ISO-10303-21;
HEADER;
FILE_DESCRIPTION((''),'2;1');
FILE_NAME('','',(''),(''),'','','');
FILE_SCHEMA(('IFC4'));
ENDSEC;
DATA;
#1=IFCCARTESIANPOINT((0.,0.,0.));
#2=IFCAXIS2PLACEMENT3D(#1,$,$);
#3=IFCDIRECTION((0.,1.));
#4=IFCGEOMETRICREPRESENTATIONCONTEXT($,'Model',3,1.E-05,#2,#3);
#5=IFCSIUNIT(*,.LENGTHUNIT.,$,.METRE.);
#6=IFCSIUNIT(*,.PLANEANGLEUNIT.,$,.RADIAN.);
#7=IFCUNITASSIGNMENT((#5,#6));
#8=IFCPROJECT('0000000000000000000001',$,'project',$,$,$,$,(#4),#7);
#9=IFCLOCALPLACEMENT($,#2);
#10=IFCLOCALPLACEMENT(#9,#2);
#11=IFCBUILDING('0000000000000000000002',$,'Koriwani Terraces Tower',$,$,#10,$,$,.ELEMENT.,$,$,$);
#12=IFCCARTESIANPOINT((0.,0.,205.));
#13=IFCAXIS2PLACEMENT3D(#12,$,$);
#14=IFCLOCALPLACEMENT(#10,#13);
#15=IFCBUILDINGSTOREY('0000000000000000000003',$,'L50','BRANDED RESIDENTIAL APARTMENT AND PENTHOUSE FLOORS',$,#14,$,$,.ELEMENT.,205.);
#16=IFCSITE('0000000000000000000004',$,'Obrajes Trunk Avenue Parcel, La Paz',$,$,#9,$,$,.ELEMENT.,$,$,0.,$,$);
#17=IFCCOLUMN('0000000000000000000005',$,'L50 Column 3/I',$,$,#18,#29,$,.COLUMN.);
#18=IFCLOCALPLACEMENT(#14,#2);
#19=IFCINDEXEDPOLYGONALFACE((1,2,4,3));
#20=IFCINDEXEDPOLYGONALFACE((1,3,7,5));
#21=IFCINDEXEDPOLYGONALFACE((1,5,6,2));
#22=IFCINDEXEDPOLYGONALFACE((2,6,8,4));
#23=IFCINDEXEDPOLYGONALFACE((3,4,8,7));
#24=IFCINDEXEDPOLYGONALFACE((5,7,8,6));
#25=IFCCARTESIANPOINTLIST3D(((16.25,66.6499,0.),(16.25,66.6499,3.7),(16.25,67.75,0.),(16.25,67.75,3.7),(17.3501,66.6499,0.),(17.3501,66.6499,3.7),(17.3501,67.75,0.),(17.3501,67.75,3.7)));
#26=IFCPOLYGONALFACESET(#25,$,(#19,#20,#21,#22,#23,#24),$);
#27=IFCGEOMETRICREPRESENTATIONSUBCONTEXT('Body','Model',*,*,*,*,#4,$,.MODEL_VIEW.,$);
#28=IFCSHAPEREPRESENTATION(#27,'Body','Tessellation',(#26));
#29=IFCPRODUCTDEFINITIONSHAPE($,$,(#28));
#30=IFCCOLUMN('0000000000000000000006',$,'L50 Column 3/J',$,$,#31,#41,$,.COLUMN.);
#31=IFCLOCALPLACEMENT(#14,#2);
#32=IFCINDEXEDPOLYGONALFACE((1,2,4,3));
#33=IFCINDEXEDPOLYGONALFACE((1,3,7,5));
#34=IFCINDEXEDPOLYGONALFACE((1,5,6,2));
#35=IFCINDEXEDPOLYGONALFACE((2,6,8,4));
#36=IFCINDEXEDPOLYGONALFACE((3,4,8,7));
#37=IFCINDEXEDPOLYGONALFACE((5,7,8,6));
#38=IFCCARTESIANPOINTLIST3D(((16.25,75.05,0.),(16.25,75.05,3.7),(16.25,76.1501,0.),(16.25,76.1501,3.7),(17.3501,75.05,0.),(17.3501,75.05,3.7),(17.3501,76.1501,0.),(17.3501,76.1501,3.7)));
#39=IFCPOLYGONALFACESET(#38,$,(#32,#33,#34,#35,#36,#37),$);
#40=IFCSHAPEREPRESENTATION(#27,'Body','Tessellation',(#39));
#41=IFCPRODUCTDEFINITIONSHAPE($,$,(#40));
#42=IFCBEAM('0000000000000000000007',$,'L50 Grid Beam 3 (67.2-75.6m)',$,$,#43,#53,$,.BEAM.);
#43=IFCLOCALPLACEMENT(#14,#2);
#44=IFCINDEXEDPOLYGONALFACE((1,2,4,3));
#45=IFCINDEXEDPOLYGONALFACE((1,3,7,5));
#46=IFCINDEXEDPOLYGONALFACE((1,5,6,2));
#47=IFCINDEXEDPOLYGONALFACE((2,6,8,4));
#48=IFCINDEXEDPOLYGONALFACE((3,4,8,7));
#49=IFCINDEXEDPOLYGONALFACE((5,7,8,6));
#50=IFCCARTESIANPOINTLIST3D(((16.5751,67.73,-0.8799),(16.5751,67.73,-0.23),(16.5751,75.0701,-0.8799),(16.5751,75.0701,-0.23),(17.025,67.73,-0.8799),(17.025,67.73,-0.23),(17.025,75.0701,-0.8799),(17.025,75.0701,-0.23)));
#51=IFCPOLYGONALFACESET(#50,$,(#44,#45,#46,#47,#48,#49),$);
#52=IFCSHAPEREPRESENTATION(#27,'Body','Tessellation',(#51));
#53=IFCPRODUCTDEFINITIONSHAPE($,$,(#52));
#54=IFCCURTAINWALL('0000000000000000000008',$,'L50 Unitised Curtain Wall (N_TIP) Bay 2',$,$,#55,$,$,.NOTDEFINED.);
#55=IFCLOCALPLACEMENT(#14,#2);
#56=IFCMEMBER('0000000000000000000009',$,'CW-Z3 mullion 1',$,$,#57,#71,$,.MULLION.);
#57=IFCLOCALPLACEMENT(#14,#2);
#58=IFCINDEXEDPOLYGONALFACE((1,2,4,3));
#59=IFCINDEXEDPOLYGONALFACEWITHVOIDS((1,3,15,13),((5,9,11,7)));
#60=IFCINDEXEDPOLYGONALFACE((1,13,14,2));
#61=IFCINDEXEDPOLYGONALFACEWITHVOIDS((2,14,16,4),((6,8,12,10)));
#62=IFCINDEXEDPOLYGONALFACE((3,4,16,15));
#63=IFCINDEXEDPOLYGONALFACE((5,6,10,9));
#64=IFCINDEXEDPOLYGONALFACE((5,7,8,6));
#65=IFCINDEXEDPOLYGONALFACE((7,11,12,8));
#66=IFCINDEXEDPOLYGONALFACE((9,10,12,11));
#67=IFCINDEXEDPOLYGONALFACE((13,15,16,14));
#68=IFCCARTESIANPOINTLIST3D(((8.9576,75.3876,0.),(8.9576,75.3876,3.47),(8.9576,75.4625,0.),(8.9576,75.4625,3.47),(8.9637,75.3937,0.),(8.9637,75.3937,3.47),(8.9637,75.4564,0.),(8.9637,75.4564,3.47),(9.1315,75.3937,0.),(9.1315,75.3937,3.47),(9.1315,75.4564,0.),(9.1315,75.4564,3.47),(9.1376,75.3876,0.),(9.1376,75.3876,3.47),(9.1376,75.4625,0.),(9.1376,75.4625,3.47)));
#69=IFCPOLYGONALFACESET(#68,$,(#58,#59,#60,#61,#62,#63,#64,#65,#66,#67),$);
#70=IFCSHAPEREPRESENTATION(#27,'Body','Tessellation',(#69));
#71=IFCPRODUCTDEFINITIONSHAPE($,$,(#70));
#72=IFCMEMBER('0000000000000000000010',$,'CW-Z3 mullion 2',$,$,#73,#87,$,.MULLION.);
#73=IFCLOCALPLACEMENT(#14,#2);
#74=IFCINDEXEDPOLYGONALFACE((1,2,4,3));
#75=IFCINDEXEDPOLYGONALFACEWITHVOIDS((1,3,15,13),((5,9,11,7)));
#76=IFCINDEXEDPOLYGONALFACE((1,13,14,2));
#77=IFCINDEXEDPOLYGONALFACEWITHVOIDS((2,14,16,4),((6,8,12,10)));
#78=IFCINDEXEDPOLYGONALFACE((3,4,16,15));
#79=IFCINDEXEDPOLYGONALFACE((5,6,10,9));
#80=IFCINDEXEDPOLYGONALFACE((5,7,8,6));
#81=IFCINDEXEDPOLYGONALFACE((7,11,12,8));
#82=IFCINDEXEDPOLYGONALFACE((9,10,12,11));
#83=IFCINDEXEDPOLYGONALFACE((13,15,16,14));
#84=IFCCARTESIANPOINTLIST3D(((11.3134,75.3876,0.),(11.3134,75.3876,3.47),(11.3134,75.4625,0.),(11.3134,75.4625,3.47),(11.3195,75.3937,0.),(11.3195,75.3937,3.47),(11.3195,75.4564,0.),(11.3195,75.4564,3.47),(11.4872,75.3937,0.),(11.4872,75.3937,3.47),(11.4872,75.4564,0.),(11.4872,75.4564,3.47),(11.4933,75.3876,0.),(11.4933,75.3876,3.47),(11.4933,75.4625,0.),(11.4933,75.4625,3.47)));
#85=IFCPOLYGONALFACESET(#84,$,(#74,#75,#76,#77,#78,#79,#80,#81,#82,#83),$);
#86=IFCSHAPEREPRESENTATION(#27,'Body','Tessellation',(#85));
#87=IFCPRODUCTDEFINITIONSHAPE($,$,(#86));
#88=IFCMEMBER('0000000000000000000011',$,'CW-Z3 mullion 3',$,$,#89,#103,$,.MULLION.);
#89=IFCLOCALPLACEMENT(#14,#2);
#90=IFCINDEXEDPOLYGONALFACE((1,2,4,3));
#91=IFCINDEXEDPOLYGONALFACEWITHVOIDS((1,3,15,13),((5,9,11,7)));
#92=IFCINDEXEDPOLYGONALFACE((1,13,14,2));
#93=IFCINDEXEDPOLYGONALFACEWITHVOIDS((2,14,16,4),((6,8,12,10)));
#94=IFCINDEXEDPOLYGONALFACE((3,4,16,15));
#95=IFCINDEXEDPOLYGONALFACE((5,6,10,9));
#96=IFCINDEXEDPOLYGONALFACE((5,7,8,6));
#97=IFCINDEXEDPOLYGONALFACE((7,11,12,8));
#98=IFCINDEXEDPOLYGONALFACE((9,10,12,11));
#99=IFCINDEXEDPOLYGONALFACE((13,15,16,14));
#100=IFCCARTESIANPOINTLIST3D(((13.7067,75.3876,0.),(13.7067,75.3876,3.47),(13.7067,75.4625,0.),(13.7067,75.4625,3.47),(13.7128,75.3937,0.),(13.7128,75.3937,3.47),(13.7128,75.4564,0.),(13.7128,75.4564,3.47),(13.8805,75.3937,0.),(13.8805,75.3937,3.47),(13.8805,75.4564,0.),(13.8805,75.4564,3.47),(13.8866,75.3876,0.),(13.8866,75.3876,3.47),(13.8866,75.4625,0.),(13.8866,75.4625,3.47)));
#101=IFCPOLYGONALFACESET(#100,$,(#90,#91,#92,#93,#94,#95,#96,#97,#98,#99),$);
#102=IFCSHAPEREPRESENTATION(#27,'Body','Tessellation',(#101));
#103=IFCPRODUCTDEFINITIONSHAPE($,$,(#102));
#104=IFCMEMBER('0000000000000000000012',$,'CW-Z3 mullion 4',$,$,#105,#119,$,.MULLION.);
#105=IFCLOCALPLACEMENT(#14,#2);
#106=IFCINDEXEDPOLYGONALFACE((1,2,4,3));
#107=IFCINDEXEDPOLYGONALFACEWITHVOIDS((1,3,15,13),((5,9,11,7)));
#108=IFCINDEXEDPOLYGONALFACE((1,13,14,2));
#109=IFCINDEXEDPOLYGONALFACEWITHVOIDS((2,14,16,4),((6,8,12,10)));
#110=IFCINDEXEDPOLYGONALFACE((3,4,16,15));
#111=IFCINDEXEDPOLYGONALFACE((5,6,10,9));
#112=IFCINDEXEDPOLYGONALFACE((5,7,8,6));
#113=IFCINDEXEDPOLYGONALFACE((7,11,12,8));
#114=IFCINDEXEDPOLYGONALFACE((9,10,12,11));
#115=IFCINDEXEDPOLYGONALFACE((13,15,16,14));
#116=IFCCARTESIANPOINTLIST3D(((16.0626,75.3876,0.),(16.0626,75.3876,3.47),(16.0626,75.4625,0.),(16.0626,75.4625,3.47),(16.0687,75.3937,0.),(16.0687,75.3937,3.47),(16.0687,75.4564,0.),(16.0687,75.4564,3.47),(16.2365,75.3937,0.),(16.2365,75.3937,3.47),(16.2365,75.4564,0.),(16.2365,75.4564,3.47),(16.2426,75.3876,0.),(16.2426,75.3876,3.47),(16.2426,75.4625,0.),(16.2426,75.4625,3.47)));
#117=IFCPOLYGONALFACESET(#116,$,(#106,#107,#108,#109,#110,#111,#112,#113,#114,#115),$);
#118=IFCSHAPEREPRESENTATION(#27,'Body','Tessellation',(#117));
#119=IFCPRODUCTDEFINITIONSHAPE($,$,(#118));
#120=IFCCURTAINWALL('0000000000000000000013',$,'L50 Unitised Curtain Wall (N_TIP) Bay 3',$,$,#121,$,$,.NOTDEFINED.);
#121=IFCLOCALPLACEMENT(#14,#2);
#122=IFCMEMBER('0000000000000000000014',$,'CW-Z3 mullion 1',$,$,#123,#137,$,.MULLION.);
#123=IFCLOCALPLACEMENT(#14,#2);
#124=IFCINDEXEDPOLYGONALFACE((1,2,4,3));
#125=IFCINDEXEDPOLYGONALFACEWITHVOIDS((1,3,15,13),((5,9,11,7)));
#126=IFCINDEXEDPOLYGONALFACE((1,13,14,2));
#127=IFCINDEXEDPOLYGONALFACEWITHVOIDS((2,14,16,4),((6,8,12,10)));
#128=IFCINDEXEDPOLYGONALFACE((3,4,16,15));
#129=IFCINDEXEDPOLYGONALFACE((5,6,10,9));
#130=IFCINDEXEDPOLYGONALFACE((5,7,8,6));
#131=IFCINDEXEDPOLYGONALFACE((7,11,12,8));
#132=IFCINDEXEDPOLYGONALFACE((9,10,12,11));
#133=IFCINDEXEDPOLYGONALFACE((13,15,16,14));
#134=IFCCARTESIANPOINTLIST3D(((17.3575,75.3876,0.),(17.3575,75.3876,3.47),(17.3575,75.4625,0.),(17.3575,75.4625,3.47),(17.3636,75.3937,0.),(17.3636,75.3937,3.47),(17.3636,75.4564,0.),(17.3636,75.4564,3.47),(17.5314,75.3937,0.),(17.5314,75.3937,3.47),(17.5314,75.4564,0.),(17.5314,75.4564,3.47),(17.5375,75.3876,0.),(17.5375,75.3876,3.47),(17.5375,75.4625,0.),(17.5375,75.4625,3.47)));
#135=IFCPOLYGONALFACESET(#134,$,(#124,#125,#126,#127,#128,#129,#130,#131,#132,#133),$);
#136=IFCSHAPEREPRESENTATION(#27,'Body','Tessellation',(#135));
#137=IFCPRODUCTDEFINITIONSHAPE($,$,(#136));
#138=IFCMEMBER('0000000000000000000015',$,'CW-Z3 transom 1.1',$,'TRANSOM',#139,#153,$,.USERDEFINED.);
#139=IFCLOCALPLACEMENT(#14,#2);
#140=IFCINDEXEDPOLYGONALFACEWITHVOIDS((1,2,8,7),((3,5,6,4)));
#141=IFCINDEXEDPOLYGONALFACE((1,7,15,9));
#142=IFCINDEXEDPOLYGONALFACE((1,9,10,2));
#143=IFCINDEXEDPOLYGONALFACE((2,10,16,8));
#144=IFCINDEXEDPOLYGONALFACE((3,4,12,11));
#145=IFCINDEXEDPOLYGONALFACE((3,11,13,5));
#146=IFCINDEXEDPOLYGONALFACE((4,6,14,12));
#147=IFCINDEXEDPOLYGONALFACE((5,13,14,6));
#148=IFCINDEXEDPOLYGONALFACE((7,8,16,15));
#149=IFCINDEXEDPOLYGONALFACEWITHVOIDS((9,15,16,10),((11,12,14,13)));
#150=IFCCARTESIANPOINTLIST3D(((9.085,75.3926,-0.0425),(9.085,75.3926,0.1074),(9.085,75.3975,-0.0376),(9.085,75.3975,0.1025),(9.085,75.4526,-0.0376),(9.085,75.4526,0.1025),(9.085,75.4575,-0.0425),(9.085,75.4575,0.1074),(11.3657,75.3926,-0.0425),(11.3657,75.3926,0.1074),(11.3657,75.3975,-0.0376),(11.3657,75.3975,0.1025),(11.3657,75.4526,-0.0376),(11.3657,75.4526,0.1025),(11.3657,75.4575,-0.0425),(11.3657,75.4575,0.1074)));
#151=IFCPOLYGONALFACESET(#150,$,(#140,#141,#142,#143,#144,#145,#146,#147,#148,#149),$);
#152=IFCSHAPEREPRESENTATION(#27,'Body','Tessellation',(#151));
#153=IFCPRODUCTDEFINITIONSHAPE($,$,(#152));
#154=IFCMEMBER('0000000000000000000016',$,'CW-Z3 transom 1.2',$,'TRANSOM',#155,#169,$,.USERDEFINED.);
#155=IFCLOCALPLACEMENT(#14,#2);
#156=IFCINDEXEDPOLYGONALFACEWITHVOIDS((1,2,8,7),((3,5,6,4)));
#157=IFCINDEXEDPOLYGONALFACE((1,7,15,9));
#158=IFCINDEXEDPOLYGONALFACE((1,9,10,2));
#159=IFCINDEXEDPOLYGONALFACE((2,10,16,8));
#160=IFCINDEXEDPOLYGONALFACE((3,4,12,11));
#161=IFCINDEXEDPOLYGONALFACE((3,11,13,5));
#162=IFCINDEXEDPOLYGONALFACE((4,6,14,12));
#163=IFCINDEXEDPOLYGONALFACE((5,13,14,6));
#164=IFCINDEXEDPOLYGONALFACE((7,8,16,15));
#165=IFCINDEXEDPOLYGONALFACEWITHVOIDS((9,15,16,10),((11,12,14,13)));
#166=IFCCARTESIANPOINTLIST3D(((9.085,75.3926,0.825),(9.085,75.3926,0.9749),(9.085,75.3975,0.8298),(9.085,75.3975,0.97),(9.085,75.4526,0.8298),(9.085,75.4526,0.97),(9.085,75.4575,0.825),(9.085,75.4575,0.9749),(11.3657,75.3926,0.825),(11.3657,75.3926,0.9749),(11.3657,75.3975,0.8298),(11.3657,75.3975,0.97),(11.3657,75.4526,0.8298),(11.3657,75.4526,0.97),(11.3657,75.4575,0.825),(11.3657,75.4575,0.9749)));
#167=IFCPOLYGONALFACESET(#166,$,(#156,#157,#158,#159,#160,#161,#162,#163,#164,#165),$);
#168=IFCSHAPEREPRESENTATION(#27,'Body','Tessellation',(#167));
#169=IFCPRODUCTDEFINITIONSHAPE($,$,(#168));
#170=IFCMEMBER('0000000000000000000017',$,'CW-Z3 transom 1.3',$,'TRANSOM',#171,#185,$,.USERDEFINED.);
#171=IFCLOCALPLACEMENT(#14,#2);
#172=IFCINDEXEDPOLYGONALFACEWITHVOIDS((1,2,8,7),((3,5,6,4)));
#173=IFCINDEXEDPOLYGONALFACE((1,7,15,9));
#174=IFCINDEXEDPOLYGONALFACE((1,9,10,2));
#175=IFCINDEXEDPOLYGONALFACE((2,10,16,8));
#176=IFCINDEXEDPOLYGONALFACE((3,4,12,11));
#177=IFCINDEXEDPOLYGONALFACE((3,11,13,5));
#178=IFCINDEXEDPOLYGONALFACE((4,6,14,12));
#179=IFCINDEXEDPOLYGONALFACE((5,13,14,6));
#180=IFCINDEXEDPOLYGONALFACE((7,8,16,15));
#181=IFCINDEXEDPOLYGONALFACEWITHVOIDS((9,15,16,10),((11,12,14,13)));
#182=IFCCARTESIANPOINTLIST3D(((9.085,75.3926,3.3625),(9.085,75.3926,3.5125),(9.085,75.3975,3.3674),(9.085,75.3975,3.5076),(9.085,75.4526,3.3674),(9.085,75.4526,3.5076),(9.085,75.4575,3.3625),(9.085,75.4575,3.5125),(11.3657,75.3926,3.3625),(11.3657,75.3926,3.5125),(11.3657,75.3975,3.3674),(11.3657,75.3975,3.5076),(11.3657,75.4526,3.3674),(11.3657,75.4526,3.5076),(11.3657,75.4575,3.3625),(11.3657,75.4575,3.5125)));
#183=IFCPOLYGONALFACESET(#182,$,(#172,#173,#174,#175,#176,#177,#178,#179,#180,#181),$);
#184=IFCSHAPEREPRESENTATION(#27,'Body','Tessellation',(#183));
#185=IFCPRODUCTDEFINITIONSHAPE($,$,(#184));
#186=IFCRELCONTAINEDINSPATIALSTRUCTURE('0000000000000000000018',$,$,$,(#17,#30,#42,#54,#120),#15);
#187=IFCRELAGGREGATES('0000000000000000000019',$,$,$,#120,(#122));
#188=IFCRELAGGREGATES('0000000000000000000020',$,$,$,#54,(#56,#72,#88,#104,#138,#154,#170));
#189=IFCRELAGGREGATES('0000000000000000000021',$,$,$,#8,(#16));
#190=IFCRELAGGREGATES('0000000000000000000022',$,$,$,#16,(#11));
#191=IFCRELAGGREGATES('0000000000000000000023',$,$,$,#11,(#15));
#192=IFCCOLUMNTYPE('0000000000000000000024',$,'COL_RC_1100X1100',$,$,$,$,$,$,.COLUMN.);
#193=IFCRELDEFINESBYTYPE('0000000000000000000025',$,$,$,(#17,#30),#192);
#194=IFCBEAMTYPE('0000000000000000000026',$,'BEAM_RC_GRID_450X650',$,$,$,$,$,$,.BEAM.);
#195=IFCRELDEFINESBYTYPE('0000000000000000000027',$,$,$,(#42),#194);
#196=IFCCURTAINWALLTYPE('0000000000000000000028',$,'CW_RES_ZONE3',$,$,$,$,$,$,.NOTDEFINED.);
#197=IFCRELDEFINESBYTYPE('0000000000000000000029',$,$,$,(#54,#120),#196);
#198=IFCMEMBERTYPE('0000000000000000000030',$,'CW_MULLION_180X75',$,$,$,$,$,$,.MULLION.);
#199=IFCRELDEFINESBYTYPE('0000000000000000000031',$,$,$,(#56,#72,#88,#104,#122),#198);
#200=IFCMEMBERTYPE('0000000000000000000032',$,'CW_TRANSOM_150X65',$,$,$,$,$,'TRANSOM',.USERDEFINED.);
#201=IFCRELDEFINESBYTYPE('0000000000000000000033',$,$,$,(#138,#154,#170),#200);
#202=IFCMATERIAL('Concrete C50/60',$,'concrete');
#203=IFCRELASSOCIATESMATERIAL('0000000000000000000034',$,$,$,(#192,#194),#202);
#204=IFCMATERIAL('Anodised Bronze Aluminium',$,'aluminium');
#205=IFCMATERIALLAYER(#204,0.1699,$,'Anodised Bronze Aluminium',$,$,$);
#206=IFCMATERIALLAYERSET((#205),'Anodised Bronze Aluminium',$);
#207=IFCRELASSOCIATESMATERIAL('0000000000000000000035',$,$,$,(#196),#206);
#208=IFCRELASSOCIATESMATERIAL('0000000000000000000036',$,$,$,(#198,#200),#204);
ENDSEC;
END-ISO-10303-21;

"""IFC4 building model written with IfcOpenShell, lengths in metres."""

from ifc_helpers import new_model, si_unit, direction, frame, origin, origin_2d, place, context, subcontext, project, spatial, rectangle, hollow_rectangle, extrude, material, layer, layer_set, material_profile, profile_set, type_object, element, aggregate, save


model = new_model("IFC4")

# Units and contexts
model_context = context("Model", 3, precision=1e-05, world=origin(), true_north=direction((0.0, 1.0)))
body_context = subcontext(model_context, "Body", "Model", "MODEL_VIEW")
ifc_project = project(units=[si_unit("LENGTHUNIT", "METRE"), si_unit("PLANEANGLEUNIT", "RADIAN")], contexts=[model_context])

# Site, building, storey
site_placement = place(None, origin())
site = spatial("IfcSite", under=ifc_project, at=site_placement, Name="Obrajes Trunk Avenue Parcel, La Paz", CompositionType="ELEMENT", RefElevation=0.0)
building_placement = place(site_placement, origin())
building = spatial("IfcBuilding", under=site, at=building_placement, Name="Koriwani Terraces Tower", CompositionType="ELEMENT")
storey_placement = place(building_placement, frame((0.0, 0.0, 205.0)))
storey = spatial("IfcBuildingStorey", under=building, at=storey_placement, Name="L50", Description="BRANDED RESIDENTIAL APARTMENT AND PENTHOUSE FLOORS", CompositionType="ELEMENT", Elevation=205.0)

# Columns
ifc_material_1 = material(Name="Concrete C50/60", Category="concrete")
ifc_material_profile_1 = material_profile(ifc_material_1, rectangle(XDim=1.1001, YDim=1.1001, at=origin_2d()), Name="Concrete C50/60", Category="LoadBearing")
ifc_profile_set_1 = profile_set([ifc_material_profile_1], Name="Concrete C50/60")
column_type = type_object("IfcColumnType", Name="COL_RC_1100X1100", PredefinedType="COLUMN", material=ifc_profile_set_1)
for number, where, z_axis, x_axis, name in (
    (1, (16.8, 67.2, 0.0), (0.0, 0.0, 1.0), (1.0, 0.0, 0.0), "L50 Column 3/I"),
    (2, (16.8, 75.6001, 0.0), (0.0, 0.0, 1.0), (1.0, 0.0, 0.0), "L50 Column 3/J"),
):
    element("IfcColumn", number, at=place(storey_placement, frame(where, z_axis=z_axis, x_axis=x_axis)), inside=storey, type_object=column_type, Name=name, PredefinedType="COLUMN", context=body_context, shape_type="SweptSolid", body=[
        extrude(rectangle(XDim=1.1001, YDim=1.1001, at=origin_2d()), origin(), (0.0, 0.0, 1.0), 3.7),
    ])

# Beam
ifc_material_profile_2 = material_profile(ifc_material_1, rectangle(XDim=0.45, YDim=0.6499, at=origin_2d()), Name="Concrete C50/60", Category="LoadBearing")
ifc_profile_set_2 = profile_set([ifc_material_profile_2], Name="Concrete C50/60")
beam_type_1 = type_object("IfcBeamType", Name="BEAM_RC_GRID_450X650", PredefinedType="BEAM", material=ifc_profile_set_2)
beam_1_placement = place(storey_placement, frame((16.8, 67.73, -0.5549), z_axis=(0.0, 1.0, 0.0), x_axis=(-1.0, 0.0, 0.0)))
element("IfcBeam", 3, at=beam_1_placement, inside=storey, type_object=beam_type_1, Name="L50 Grid Beam 3 (67.2-75.6m)", PredefinedType="BEAM", context=body_context, shape_type="SweptSolid", body=[
    extrude(rectangle(XDim=0.45, YDim=0.6499, at=origin_2d()), origin(), (0.0, 0.0, 1.0), 7.3401),
])

# Curtain wall, members
ifc_material_2 = material(Name="Anodised Bronze Aluminium", Category="aluminium")
ifc_layer_1 = layer(ifc_material_2, 0.1699, Name="Anodised Bronze Aluminium")
ifc_layer_set_1 = layer_set([ifc_layer_1], Name="Anodised Bronze Aluminium")
curtain_wall_type = type_object("IfcCurtainWallType", Name="CW_RES_ZONE3", PredefinedType="NOTDEFINED", material=ifc_layer_set_1)
curtain_wall_1_placement = place(storey_placement, origin())
curtain_wall_1 = element("IfcCurtainWall", 4, at=curtain_wall_1_placement, inside=storey, type_object=curtain_wall_type, Name="L50 Unitised Curtain Wall (N_TIP) Bay 2", PredefinedType="NOTDEFINED")
ifc_material_profile_3 = material_profile(ifc_material_2, hollow_rectangle(XDim=0.075, YDim=0.1799, WallThickness=0.0061, at=origin_2d()), Name="Anodised Bronze Aluminium", Category="LoadBearing")
ifc_profile_set_3 = profile_set([ifc_material_profile_3], Name="Anodised Bronze Aluminium")
member_type_1 = type_object("IfcMemberType", Name="CW_MULLION_180X75", PredefinedType="MULLION", material=ifc_profile_set_3)
member_1_placement = place(storey_placement, frame((9.0476, 75.425, 0.0), z_axis=(0.0, 0.0, 1.0), x_axis=(0.0, 1.0, 0.0)))
member_1 = element("IfcMember", 5, at=member_1_placement, type_object=member_type_1, Name="CW-Z3 mullion 1", PredefinedType="MULLION", context=body_context, shape_type="SweptSolid", body=[
    extrude(hollow_rectangle(XDim=0.075, YDim=0.1799, WallThickness=0.0061, at=origin_2d()), origin(), (0.0, 0.0, 1.0), 3.47),
])
member_2_placement = place(storey_placement, frame((11.4033, 75.425, 0.0), z_axis=(0.0, 0.0, 1.0), x_axis=(0.0, 1.0, 0.0)))
member_2 = element("IfcMember", 6, at=member_2_placement, type_object=member_type_1, Name="CW-Z3 mullion 2", PredefinedType="MULLION", context=body_context, shape_type="SweptSolid", body=[
    extrude(hollow_rectangle(XDim=0.075, YDim=0.1799, WallThickness=0.0061, at=origin_2d()), origin(), (0.0, 0.0, 1.0), 3.47),
])
member_3_placement = place(storey_placement, frame((13.7966, 75.425, 0.0), z_axis=(0.0, 0.0, 1.0), x_axis=(0.0, 1.0, 0.0)))
member_3 = element("IfcMember", 7, at=member_3_placement, type_object=member_type_1, Name="CW-Z3 mullion 3", PredefinedType="MULLION", context=body_context, shape_type="SweptSolid", body=[
    extrude(hollow_rectangle(XDim=0.075, YDim=0.1799, WallThickness=0.0061, at=origin_2d()), origin(), (0.0, 0.0, 1.0), 3.47),
])
member_4_placement = place(storey_placement, frame((16.1526, 75.425, 0.0), z_axis=(0.0, 0.0, 1.0), x_axis=(0.0, 1.0, 0.0)))
member_4 = element("IfcMember", 8, at=member_4_placement, type_object=member_type_1, Name="CW-Z3 mullion 4", PredefinedType="MULLION", context=body_context, shape_type="SweptSolid", body=[
    extrude(hollow_rectangle(XDim=0.075, YDim=0.1799, WallThickness=0.0061, at=origin_2d()), origin(), (0.0, 0.0, 1.0), 3.47),
])

# Curtain wall, member
curtain_wall_2_placement = place(storey_placement, origin())
curtain_wall_2 = element("IfcCurtainWall", 9, at=curtain_wall_2_placement, inside=storey, type_object=curtain_wall_type, Name="L50 Unitised Curtain Wall (N_TIP) Bay 3", PredefinedType="NOTDEFINED")
member_5_placement = place(storey_placement, frame((17.4475, 75.425, 0.0), z_axis=(0.0, 0.0, 1.0), x_axis=(0.0, 1.0, 0.0)))
member_5 = element("IfcMember", 10, at=member_5_placement, type_object=member_type_1, Name="CW-Z3 mullion 1", PredefinedType="MULLION", context=body_context, shape_type="SweptSolid", body=[
    extrude(hollow_rectangle(XDim=0.075, YDim=0.1799, WallThickness=0.0061, at=origin_2d()), origin(), (0.0, 0.0, 1.0), 3.47),
])

# Members
ifc_material_profile_4 = material_profile(ifc_material_2, hollow_rectangle(XDim=0.0649, YDim=0.1499, WallThickness=0.0049, at=origin_2d()), Name="Anodised Bronze Aluminium", Category="LoadBearing")
ifc_profile_set_4 = profile_set([ifc_material_profile_4], Name="Anodised Bronze Aluminium")
member_type_2 = type_object("IfcMemberType", Name="CW_TRANSOM_150X65", ElementType="TRANSOM", PredefinedType="USERDEFINED", material=ifc_profile_set_4)
member_6_placement = place(storey_placement, frame((9.085, 75.425, 0.0325), z_axis=(1.0, 0.0, 0.0), x_axis=(0.0, 1.0, 0.0)))
member_6 = element("IfcMember", 11, at=member_6_placement, type_object=member_type_2, Name="CW-Z3 transom 1.1", ObjectType="TRANSOM", PredefinedType="USERDEFINED", context=body_context, shape_type="SweptSolid", body=[
    extrude(hollow_rectangle(XDim=0.0649, YDim=0.1499, WallThickness=0.0049, at=origin_2d()), origin(), (0.0, 0.0, 1.0), 2.2808),
])
member_7_placement = place(storey_placement, frame((9.085, 75.425, 0.8999), z_axis=(1.0, 0.0, 0.0), x_axis=(0.0, 1.0, 0.0)))
member_7 = element("IfcMember", 12, at=member_7_placement, type_object=member_type_2, Name="CW-Z3 transom 1.2", ObjectType="TRANSOM", PredefinedType="USERDEFINED", context=body_context, shape_type="SweptSolid", body=[
    extrude(hollow_rectangle(XDim=0.0649, YDim=0.1499, WallThickness=0.0049, at=origin_2d()), origin(), (0.0, 0.0, 1.0), 2.2808),
])
member_8_placement = place(storey_placement, frame((9.085, 75.425, 3.4375), z_axis=(1.0, 0.0, 0.0), x_axis=(0.0, 1.0, 0.0)))
member_8 = element("IfcMember", 13, at=member_8_placement, type_object=member_type_2, Name="CW-Z3 transom 1.3", ObjectType="TRANSOM", PredefinedType="USERDEFINED", context=body_context, shape_type="SweptSolid", body=[
    extrude(hollow_rectangle(XDim=0.0649, YDim=0.1499, WallThickness=0.0049, at=origin_2d()), origin(), (0.0, 0.0, 1.0), 2.2808),
])
aggregate(curtain_wall_2, [member_5])

aggregate(curtain_wall_1, [member_1, member_2, member_3, member_4, member_6, member_7, member_8])

save(model, "model.ifc")
